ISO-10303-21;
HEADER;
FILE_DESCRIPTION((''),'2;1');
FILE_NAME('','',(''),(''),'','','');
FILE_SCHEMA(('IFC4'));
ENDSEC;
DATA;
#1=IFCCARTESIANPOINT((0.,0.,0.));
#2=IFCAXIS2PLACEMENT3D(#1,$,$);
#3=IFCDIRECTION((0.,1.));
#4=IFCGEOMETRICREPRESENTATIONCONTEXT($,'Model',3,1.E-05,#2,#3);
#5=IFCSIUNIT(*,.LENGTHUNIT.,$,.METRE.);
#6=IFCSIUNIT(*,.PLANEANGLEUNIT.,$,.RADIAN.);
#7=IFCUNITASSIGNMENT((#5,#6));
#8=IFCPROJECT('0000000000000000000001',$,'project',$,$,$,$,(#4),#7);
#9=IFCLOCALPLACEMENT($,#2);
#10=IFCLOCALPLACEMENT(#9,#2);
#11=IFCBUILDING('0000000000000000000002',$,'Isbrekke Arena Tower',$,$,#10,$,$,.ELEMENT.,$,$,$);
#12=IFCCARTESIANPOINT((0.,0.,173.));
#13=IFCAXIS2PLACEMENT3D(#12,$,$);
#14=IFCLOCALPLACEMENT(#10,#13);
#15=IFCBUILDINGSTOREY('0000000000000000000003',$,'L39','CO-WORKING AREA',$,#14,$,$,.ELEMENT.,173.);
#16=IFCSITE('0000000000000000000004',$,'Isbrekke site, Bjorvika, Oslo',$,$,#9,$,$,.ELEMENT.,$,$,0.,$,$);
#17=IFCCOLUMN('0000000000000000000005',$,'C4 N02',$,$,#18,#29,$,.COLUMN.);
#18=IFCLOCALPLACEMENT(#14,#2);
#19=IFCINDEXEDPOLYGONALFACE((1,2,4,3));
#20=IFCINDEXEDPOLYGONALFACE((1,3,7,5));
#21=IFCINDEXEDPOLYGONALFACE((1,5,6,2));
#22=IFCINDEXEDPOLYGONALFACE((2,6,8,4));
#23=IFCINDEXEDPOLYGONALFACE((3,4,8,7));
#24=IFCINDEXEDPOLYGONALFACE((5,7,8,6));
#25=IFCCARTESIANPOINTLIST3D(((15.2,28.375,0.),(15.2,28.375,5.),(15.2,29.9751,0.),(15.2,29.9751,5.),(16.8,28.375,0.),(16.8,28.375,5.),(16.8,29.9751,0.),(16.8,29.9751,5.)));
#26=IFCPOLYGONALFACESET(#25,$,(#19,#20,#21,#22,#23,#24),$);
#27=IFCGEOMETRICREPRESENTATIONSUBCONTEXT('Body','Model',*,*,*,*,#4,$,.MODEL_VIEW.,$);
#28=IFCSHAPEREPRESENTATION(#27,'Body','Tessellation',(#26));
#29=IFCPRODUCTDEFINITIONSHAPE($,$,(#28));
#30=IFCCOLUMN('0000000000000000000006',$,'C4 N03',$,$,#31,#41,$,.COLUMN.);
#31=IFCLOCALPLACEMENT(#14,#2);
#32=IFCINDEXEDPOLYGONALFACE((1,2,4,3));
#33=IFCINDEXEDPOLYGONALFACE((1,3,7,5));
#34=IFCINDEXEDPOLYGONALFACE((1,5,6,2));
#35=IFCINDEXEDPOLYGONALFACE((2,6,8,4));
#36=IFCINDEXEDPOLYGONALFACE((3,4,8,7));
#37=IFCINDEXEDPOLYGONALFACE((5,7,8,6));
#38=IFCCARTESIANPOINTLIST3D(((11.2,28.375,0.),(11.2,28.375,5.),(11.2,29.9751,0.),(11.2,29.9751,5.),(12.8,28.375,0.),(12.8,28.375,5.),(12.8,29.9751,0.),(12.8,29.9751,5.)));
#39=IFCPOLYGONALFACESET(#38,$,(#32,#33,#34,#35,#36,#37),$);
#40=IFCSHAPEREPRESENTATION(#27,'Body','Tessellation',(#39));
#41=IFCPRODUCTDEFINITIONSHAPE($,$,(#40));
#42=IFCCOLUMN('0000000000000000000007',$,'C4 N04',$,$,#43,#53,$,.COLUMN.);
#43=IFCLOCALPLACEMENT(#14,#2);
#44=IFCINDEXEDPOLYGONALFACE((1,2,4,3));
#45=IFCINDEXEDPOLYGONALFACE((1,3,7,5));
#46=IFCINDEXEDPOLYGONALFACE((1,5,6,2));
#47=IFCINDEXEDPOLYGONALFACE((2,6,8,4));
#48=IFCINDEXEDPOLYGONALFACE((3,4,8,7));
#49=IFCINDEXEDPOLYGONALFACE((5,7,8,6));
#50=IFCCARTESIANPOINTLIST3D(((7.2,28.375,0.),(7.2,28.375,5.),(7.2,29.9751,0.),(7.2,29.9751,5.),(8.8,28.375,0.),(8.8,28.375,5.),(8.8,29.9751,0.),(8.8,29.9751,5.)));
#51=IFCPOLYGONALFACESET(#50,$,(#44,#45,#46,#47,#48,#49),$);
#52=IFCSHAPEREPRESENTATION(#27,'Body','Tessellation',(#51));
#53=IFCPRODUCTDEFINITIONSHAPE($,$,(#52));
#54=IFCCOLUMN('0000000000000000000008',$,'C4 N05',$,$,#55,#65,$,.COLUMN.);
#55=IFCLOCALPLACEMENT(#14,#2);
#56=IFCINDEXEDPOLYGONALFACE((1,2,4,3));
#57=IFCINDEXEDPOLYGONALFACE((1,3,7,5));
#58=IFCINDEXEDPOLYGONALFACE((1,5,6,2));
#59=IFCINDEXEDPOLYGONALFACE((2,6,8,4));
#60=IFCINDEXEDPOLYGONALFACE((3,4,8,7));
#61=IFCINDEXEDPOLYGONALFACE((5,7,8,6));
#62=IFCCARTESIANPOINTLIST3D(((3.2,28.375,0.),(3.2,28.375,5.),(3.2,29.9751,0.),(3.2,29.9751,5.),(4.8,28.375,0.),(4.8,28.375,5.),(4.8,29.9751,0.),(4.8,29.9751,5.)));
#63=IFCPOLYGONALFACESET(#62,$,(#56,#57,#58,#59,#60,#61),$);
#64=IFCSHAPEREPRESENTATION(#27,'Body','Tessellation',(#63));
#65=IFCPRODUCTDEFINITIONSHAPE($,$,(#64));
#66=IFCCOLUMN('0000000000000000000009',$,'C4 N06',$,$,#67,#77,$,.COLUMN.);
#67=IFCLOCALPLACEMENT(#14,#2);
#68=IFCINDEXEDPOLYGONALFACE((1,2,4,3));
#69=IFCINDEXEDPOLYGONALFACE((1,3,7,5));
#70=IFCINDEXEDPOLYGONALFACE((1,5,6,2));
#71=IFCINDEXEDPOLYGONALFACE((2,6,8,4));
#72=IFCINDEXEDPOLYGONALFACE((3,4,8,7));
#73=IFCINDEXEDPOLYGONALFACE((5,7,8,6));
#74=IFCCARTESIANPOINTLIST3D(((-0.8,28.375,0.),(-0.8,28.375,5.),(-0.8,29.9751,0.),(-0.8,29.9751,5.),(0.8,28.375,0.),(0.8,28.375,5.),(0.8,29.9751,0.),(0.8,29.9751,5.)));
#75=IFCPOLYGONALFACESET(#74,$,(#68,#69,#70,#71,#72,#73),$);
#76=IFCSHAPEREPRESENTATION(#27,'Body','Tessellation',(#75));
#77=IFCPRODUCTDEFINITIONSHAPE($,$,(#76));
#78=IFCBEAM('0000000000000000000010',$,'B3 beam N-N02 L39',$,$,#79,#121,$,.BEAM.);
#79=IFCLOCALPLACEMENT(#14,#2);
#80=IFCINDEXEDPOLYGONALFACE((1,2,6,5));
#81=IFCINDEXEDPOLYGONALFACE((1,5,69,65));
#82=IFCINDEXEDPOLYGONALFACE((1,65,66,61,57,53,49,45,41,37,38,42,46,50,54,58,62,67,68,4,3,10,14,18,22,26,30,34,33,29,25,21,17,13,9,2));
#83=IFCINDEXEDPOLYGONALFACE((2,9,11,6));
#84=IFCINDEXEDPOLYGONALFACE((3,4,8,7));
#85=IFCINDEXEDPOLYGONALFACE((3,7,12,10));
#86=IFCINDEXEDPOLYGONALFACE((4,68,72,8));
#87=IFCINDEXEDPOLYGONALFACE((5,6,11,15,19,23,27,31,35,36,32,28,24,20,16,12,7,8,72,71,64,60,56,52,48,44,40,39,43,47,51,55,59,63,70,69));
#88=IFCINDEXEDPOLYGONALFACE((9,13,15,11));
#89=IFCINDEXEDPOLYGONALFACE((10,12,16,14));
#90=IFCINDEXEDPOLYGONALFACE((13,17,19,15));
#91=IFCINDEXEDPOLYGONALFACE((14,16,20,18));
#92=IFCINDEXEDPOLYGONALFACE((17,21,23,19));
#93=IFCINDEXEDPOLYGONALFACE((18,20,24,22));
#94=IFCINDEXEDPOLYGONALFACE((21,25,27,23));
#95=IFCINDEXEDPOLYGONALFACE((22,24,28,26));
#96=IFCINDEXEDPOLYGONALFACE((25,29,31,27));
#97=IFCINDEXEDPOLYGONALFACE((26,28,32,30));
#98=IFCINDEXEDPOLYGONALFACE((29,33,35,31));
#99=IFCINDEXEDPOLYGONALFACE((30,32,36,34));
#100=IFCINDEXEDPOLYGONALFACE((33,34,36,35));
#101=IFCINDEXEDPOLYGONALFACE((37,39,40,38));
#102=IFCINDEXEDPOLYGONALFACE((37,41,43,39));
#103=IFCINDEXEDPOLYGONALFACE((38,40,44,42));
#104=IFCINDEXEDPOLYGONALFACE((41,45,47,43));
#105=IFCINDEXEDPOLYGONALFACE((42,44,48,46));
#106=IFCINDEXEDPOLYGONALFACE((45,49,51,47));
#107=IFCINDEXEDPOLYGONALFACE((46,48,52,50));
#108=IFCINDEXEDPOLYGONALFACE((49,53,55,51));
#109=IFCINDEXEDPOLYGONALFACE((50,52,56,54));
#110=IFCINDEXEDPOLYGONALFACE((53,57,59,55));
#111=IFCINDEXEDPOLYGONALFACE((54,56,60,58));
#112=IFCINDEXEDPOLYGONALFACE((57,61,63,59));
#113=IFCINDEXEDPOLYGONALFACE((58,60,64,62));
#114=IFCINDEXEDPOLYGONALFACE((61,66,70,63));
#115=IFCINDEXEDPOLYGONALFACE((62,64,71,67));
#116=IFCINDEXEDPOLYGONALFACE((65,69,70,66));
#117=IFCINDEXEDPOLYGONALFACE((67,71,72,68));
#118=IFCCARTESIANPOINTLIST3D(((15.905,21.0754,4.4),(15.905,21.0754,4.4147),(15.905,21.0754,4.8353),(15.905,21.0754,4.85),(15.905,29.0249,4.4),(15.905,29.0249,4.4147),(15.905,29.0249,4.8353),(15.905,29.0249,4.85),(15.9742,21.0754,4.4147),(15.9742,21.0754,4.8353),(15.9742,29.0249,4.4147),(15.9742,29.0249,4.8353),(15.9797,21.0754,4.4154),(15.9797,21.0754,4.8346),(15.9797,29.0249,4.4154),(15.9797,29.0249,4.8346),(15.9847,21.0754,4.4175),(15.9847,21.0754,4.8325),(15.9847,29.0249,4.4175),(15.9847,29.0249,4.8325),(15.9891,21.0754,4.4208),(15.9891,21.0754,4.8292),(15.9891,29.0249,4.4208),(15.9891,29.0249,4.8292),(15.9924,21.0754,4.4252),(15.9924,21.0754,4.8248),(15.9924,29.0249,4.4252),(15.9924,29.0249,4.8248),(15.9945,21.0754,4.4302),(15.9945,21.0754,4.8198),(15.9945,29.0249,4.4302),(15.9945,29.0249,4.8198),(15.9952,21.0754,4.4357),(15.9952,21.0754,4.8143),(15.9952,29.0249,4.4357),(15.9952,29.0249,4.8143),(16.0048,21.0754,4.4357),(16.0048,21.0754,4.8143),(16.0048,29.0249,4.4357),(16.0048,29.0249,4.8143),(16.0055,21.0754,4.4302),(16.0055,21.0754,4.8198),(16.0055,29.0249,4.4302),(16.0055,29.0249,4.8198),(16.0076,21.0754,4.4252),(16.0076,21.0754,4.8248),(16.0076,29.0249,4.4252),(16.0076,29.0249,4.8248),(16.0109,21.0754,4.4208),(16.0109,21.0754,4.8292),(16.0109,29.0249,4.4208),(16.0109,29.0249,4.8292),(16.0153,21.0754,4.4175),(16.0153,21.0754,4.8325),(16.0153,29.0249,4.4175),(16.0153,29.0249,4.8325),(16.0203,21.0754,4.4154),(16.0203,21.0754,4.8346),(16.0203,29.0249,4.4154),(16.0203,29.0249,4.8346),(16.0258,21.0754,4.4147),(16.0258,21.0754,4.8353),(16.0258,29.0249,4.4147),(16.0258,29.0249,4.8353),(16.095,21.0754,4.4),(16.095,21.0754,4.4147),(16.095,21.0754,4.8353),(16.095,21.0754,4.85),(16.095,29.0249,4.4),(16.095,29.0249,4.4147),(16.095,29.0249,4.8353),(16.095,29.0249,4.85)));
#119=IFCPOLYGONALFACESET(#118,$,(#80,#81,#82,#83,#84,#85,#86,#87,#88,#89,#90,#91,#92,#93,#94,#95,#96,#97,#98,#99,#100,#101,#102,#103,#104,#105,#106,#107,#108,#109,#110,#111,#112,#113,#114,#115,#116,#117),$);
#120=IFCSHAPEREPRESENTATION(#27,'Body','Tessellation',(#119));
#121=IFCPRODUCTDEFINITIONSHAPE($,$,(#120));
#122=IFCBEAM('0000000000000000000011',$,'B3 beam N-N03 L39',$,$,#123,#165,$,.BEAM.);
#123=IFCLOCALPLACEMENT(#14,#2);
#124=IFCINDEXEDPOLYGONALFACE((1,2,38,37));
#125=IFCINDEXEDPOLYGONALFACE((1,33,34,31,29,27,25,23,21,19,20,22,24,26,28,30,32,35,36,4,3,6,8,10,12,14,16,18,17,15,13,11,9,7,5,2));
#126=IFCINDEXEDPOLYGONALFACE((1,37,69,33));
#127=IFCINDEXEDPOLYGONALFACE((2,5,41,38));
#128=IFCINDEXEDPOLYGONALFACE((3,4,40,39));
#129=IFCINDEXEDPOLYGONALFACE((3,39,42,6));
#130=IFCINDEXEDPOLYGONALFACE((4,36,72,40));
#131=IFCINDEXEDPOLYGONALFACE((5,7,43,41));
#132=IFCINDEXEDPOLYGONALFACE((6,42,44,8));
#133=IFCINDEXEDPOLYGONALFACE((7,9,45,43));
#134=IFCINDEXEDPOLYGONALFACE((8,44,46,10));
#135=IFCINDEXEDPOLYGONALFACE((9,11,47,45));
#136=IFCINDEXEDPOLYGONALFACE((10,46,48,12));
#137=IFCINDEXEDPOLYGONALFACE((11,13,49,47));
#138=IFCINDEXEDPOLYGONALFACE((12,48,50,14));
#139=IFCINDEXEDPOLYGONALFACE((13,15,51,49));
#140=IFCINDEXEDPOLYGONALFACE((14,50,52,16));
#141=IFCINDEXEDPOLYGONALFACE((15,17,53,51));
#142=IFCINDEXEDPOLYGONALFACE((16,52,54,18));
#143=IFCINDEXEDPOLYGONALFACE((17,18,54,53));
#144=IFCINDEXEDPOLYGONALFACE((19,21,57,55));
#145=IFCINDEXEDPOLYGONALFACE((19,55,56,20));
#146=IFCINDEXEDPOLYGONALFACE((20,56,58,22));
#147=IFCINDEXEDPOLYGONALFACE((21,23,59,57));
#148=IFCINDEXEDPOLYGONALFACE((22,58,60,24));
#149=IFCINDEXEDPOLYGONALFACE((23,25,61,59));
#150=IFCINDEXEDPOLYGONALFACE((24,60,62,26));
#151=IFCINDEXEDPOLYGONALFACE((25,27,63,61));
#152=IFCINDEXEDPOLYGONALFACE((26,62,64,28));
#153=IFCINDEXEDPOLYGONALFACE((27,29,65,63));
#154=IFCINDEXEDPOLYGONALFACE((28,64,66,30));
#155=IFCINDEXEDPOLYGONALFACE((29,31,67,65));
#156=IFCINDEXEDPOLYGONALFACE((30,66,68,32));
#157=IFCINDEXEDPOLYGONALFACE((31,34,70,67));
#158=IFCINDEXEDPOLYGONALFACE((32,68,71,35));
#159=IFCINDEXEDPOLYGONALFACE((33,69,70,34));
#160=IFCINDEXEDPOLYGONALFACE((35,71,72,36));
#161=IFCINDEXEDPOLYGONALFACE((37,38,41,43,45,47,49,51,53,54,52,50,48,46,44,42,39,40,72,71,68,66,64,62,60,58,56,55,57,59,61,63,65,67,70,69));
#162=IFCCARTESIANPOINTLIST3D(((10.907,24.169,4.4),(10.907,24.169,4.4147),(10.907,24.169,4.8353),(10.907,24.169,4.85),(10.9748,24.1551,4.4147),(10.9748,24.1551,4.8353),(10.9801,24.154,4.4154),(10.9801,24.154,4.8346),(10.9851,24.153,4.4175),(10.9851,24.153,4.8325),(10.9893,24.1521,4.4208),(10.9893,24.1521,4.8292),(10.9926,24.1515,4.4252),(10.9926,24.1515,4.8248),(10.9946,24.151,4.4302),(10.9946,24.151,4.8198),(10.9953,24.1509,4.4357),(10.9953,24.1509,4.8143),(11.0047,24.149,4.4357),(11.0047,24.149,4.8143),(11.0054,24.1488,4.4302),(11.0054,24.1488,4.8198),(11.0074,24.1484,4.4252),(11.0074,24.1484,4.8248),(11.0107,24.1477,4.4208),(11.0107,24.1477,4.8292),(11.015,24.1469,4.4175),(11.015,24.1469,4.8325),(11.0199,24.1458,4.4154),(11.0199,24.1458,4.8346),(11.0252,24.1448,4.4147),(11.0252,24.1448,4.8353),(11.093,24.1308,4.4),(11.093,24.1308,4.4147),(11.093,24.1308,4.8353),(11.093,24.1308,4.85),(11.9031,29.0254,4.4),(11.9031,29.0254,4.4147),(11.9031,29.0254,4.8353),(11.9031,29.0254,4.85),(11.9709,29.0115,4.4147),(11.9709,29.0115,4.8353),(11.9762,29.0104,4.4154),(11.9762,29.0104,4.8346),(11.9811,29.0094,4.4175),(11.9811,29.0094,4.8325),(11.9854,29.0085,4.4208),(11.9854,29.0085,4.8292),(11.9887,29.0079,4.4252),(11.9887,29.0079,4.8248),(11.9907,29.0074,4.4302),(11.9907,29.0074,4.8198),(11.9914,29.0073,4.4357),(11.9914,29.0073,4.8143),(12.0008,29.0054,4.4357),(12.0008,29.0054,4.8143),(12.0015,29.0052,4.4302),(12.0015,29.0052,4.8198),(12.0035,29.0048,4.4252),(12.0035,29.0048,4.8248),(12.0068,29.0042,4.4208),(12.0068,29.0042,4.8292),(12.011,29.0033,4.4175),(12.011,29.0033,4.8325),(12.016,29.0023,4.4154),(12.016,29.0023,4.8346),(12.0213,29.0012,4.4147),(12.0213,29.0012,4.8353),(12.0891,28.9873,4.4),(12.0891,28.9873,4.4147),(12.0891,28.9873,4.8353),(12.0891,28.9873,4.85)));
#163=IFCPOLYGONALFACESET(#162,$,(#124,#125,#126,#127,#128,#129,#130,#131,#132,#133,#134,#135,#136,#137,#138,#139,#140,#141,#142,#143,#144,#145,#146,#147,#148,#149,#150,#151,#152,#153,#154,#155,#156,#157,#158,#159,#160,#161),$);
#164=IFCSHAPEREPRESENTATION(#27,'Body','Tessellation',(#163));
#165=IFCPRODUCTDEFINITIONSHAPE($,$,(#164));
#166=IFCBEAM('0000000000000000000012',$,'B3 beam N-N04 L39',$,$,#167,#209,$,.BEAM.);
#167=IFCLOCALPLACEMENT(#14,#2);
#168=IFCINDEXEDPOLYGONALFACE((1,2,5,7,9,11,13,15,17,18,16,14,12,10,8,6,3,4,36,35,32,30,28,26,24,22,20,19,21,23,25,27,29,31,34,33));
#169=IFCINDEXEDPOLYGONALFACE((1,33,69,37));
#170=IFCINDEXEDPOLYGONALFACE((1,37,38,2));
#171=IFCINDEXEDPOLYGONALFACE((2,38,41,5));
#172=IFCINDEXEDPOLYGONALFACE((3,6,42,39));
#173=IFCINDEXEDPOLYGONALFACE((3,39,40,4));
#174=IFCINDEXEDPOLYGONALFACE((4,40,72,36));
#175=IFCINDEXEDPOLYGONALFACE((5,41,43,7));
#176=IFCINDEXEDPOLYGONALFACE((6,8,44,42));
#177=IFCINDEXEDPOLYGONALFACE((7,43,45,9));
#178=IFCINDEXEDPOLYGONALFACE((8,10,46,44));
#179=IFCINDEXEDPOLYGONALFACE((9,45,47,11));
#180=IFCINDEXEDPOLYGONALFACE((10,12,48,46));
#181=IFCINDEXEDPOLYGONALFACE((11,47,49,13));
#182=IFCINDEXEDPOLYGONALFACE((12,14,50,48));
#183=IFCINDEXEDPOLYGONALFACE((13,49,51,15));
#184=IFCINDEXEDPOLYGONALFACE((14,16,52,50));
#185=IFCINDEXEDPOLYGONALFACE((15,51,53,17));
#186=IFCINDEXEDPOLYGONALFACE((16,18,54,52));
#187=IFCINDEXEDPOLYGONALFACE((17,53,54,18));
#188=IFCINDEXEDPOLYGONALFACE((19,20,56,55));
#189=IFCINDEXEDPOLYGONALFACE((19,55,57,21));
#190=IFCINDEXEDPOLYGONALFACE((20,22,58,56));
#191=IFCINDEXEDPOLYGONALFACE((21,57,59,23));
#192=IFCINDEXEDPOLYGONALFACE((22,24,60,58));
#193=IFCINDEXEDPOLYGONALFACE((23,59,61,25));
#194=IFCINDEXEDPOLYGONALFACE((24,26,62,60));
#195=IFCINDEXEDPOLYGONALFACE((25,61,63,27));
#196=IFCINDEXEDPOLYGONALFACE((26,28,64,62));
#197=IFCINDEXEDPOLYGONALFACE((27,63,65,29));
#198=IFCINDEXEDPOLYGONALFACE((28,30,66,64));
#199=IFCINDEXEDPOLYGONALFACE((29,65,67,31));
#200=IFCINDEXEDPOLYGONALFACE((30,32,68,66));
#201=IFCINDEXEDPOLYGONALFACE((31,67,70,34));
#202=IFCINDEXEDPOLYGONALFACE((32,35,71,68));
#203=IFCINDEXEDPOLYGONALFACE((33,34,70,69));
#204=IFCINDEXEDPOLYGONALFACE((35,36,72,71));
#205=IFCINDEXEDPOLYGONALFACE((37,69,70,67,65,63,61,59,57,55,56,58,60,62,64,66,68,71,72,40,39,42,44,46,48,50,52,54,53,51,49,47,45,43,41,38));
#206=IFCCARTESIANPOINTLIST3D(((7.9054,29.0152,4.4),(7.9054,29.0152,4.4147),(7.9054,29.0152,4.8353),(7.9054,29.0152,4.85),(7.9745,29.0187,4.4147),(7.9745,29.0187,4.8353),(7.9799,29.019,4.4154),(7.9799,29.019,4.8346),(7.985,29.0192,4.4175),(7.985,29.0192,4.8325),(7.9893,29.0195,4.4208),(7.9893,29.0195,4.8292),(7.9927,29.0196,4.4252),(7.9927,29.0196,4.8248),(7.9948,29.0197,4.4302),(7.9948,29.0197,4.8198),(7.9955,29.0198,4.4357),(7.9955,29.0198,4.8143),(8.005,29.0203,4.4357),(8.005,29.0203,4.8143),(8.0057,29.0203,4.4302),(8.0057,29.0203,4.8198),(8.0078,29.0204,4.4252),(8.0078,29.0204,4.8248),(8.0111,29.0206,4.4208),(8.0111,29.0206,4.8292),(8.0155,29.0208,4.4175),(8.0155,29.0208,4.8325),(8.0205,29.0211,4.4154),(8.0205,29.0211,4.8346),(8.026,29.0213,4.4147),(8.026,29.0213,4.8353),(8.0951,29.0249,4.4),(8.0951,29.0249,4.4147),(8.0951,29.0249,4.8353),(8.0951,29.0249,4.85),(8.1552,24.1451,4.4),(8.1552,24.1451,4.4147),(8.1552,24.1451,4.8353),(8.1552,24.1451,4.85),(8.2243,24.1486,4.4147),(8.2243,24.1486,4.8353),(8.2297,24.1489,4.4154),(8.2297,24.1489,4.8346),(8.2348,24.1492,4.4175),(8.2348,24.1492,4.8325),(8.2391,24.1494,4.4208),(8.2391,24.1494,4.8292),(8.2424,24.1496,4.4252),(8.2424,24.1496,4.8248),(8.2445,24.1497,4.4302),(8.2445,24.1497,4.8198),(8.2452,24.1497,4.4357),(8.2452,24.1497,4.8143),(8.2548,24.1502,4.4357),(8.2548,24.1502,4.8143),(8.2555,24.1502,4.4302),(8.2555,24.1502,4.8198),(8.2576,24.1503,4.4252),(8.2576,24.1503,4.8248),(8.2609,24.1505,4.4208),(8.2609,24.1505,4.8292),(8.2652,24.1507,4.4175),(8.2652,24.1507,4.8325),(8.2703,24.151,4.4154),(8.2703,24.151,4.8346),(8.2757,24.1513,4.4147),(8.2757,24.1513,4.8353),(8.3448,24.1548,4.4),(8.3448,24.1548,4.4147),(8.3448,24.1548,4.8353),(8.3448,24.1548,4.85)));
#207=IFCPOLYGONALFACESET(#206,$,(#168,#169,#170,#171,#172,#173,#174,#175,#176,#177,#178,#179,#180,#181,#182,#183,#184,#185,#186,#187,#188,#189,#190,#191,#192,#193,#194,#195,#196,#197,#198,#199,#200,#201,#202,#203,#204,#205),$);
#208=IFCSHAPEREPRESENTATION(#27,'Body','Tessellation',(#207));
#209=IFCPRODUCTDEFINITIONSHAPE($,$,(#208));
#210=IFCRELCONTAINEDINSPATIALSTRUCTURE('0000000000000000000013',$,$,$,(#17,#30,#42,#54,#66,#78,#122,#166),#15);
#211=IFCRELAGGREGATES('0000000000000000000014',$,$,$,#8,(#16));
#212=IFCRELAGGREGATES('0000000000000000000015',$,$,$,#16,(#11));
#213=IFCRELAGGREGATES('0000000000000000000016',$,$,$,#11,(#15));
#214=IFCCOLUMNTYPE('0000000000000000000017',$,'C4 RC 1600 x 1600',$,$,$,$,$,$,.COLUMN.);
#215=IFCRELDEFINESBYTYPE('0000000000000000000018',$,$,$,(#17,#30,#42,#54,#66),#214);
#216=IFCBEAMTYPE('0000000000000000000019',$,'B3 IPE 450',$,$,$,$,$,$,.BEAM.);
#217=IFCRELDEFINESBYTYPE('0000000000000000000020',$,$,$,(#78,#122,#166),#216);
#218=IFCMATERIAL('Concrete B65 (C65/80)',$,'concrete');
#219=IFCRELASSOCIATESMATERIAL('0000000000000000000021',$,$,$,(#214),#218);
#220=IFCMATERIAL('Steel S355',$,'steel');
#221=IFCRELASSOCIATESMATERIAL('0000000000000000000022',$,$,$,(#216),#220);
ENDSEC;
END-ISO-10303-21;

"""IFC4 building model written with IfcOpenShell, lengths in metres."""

from ifc_helpers import new_model, si_unit, direction, frame, origin, origin_2d, place, context, subcontext, project, spatial, rectangle, i_section, extrude, material, material_profile, profile_set, type_object, element, save


model = new_model("IFC4")

# Units and contexts
model_context = context("Model", 3, precision=1e-05, world=origin(), true_north=direction((0.0, 1.0)))
body_context = subcontext(model_context, "Body", "Model", "MODEL_VIEW")
ifc_project = project(units=[si_unit("LENGTHUNIT", "METRE"), si_unit("PLANEANGLEUNIT", "RADIAN")], contexts=[model_context])

# Site, building, storey
site_placement = place(None, origin())
site = spatial("IfcSite", under=ifc_project, at=site_placement, Name="Isbrekke site, Bjorvika, Oslo", CompositionType="ELEMENT", RefElevation=0.0)
building_placement = place(site_placement, origin())
building = spatial("IfcBuilding", under=site, at=building_placement, Name="Isbrekke Arena Tower", CompositionType="ELEMENT")
storey_placement = place(building_placement, frame((0.0, 0.0, 173.0)))
storey = spatial("IfcBuildingStorey", under=building, at=storey_placement, Name="L39", Description="CO-WORKING AREA", CompositionType="ELEMENT", Elevation=173.0)

# Columns
ifc_material_1 = material(Name="Concrete B65 (C65/80)", Category="concrete")
ifc_material_profile_1 = material_profile(ifc_material_1, rectangle(XDim=1.6001, YDim=1.6001, at=origin_2d()), Name="RC 1600x1600")
ifc_profile_set_1 = profile_set([ifc_material_profile_1], Name="Concrete B65 (C65/80)")
column_type = type_object("IfcColumnType", Name="C4 RC 1600 x 1600", PredefinedType="COLUMN", material=ifc_profile_set_1)
for number, where, z_axis, x_axis, name in (
    (1, (16.0, 29.175, 0.0), (0.0, 0.0, 1.0), (-1.0, 0.0, 0.0), "C4 N02"),
    (2, (12.0, 29.175, 0.0), (0.0, 0.0, 1.0), (-1.0, 0.0, 0.0), "C4 N03"),
    (3, (8.0, 29.175, 0.0), (0.0, 0.0, 1.0), (-1.0, 0.0, 0.0), "C4 N04"),
    (4, (4.0, 29.175, 0.0), (0.0, 0.0, 1.0), (-1.0, 0.0, 0.0), "C4 N05"),
    (5, (0.0, 29.175, 0.0), (0.0, 0.0, 1.0), (-1.0, 0.0, 0.0), "C4 N06"),
):
    element("IfcColumn", number, at=place(storey_placement, frame(where, z_axis=z_axis, x_axis=x_axis)), inside=storey, type_object=column_type, Name=name, PredefinedType="COLUMN", context=body_context, shape_type="SweptSolid", body=[
        extrude(rectangle(XDim=1.6001, YDim=1.6001, at=origin_2d()), origin(), (0.0, 0.0, 1.0), 5.0),
    ])

# Beams
ifc_material_2 = material(Name="Steel S355", Category="steel")
ifc_material_profile_2 = material_profile(ifc_material_2, i_section(OverallWidth=0.1899, OverallDepth=0.45, WebThickness=0.0095, FlangeThickness=0.0146, FilletRadius=0.021, at=origin_2d()), Name="IPE 450")
ifc_profile_set_2 = profile_set([ifc_material_profile_2], Name="Steel S355")
beam_type_1 = type_object("IfcBeamType", Name="B3 IPE 450", PredefinedType="BEAM", material=ifc_profile_set_2)
beam_1_placement = place(storey_placement, frame((16.0, 29.0249, 4.625), z_axis=(0.0, -1.0, 0.0), x_axis=(1.0, 0.0, 0.0)))
element("IfcBeam", 6, at=beam_1_placement, inside=storey, type_object=beam_type_1, Name="B3 beam N-N02 L39", PredefinedType="BEAM", context=body_context, shape_type="SweptSolid", body=[
    extrude(i_section(OverallWidth=0.1899, OverallDepth=0.45, WebThickness=0.0095, FlangeThickness=0.0146, FilletRadius=0.021, at=origin_2d()), origin(), (0.0, 0.0, 1.0), 7.9495),
])
beam_2_placement = place(storey_placement, frame((11.9961, 29.0063, 4.625), z_axis=(-0.200925, -0.979607, 0.0), x_axis=(0.979607, -0.200925, 0.0)))
element("IfcBeam", 7, at=beam_2_placement, inside=storey, type_object=beam_type_1, Name="B3 beam N-N03 L39", PredefinedType="BEAM", context=body_context, shape_type="SweptSolid", body=[
    extrude(i_section(OverallWidth=0.1899, OverallDepth=0.45, WebThickness=0.0095, FlangeThickness=0.0146, FilletRadius=0.021, at=origin_2d()), origin(), (0.0, 0.0, 1.0), 4.9575),
])
beam_3_placement = place(storey_placement, frame((8.0002, 29.02, 4.625), z_axis=(0.051216, -0.998688, 0.0), x_axis=(0.998688, 0.051216, 0.0)))
element("IfcBeam", 8, at=beam_3_placement, inside=storey, type_object=beam_type_1, Name="B3 beam N-N04 L39", PredefinedType="BEAM", context=body_context, shape_type="SweptSolid", body=[
    extrude(i_section(OverallWidth=0.1899, OverallDepth=0.45, WebThickness=0.0095, FlangeThickness=0.0146, FilletRadius=0.021, at=origin_2d()), origin(), (0.0, 0.0, 1.0), 4.8765),
])

save(model, "model.ifc")
